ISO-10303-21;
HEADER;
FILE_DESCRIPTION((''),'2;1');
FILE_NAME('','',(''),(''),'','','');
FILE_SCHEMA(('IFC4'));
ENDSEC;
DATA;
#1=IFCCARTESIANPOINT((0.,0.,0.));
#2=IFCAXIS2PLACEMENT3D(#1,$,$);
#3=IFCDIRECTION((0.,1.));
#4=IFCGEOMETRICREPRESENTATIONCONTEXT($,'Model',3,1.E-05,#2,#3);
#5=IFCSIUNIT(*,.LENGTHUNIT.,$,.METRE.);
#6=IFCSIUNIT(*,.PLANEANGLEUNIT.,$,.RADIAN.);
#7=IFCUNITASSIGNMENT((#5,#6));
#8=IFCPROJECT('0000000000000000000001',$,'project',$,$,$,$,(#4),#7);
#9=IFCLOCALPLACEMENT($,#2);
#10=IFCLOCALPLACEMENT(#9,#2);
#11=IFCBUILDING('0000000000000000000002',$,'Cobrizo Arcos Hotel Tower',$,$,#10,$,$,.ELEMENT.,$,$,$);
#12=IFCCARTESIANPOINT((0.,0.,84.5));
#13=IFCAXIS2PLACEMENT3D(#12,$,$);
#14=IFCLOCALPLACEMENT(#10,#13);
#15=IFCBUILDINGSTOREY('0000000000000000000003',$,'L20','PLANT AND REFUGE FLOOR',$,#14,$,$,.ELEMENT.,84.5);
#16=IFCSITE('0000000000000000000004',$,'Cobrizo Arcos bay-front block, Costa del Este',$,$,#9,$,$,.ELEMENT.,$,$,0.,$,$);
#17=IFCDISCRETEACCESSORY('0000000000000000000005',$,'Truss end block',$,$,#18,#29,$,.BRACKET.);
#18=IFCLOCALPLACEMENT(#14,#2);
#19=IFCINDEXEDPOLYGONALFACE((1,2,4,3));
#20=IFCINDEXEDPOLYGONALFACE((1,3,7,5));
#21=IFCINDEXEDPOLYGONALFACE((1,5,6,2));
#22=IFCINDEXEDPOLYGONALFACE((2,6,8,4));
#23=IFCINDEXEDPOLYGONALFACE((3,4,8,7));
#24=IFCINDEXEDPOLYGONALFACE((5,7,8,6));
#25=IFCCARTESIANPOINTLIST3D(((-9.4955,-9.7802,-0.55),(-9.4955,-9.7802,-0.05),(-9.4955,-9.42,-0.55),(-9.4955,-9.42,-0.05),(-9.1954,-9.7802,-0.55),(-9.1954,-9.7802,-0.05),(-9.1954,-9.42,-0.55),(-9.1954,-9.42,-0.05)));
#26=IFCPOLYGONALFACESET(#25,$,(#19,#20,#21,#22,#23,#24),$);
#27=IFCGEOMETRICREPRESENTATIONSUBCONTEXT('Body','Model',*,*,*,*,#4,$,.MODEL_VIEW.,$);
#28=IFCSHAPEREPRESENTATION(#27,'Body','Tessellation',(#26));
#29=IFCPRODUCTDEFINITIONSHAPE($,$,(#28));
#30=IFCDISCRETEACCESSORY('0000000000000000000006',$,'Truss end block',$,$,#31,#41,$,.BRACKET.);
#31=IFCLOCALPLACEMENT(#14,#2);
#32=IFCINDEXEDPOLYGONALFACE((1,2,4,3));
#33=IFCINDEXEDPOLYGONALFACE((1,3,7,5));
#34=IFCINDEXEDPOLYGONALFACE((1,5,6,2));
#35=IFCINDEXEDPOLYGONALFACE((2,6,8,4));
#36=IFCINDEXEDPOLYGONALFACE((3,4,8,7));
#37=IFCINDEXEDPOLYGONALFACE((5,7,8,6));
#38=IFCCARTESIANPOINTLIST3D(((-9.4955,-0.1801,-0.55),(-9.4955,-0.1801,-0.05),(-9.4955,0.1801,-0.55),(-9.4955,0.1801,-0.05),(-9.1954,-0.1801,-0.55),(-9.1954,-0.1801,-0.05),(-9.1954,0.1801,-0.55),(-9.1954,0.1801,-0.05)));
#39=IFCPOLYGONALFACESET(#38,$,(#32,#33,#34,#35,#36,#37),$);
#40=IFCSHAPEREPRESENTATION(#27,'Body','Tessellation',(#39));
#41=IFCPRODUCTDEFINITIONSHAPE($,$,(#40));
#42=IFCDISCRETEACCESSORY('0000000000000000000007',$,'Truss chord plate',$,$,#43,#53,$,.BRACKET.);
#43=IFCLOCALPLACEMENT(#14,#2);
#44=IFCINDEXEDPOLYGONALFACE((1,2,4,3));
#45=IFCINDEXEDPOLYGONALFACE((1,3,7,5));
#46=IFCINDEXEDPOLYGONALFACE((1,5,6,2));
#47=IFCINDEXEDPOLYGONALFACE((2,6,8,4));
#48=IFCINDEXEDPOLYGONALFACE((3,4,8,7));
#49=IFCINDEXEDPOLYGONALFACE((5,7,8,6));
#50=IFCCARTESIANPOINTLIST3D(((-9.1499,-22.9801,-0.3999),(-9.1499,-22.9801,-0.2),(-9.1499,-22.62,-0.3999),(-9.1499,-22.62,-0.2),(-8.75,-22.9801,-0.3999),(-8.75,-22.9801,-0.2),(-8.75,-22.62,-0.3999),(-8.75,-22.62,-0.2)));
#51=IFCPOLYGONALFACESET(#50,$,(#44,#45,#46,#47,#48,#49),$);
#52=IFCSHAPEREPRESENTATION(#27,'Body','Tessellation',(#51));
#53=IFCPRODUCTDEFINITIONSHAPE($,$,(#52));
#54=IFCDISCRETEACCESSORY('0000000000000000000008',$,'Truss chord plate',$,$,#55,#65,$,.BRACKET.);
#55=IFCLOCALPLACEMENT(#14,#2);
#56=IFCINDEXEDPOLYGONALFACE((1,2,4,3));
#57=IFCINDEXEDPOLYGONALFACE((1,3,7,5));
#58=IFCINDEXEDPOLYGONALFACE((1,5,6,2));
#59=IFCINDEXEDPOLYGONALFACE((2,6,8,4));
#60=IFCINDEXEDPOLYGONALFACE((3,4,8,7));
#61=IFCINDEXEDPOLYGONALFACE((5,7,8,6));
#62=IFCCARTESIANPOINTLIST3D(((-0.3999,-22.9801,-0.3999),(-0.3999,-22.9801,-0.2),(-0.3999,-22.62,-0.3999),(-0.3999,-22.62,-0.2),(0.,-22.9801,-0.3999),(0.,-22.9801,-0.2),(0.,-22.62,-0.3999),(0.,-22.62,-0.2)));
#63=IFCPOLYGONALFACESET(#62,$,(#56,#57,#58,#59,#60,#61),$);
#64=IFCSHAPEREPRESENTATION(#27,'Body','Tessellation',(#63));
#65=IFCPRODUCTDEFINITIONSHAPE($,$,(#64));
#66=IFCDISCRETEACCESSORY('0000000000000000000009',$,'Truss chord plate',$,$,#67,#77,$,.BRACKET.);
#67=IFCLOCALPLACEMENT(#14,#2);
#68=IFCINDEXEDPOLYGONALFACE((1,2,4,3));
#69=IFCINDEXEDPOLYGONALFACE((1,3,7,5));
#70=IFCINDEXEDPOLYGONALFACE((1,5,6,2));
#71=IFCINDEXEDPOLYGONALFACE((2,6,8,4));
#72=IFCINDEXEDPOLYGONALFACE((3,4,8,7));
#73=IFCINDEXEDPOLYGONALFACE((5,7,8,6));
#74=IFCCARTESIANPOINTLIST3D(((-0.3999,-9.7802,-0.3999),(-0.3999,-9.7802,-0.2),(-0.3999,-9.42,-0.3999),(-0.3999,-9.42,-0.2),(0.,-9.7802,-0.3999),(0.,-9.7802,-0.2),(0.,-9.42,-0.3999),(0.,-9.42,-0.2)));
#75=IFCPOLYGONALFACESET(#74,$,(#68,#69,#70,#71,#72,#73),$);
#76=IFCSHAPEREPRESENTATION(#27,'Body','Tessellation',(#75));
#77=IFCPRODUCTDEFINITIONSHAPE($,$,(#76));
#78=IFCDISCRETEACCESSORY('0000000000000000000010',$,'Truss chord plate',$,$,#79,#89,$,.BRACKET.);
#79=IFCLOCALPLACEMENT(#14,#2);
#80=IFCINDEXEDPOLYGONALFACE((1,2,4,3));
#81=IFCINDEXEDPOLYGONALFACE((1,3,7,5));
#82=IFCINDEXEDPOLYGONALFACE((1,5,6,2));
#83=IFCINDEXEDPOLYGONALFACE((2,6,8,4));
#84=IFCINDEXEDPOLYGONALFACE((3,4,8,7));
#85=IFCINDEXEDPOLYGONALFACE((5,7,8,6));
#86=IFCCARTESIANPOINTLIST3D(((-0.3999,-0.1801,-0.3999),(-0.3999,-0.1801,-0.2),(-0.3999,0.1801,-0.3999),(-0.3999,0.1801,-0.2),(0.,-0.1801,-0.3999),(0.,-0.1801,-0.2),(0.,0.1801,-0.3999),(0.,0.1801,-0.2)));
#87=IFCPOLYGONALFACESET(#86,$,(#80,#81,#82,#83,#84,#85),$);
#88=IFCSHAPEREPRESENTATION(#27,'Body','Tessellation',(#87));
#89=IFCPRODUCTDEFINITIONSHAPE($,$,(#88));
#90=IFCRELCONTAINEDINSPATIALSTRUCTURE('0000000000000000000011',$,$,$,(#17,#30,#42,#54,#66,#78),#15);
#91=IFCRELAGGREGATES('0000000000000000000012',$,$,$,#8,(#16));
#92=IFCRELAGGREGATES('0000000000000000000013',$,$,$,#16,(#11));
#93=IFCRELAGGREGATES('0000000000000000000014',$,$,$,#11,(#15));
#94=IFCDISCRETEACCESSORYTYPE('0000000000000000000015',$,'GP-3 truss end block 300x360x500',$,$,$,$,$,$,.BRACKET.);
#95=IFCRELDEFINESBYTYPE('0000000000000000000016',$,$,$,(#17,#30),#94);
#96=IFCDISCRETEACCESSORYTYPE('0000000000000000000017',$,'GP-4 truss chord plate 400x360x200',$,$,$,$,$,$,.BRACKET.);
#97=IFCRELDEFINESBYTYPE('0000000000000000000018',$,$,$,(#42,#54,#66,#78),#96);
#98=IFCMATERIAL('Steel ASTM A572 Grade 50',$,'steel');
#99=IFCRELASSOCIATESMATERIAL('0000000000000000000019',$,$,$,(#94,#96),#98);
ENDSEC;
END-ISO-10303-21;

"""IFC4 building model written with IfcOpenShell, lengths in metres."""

from ifc_helpers import new_model, si_unit, direction, frame, origin, origin_2d, place, context, subcontext, project, spatial, rectangle, extrude, material, type_object, element, save


model = new_model("IFC4")

# Units and contexts
model_context = context("Model", 3, precision=1e-05, world=origin(), true_north=direction((0.0, 1.0)))
body_context = subcontext(model_context, "Body", "Model", "MODEL_VIEW")
ifc_project = project(units=[si_unit("LENGTHUNIT", "METRE"), si_unit("PLANEANGLEUNIT", "RADIAN")], contexts=[model_context])

# Site, building, storey
site_placement = place(None, origin())
site = spatial("IfcSite", under=ifc_project, at=site_placement, Name="Cobrizo Arcos bay-front block, Costa del Este", CompositionType="ELEMENT", RefElevation=0.0)
building_placement = place(site_placement, origin())
building = spatial("IfcBuilding", under=site, at=building_placement, Name="Cobrizo Arcos Hotel Tower", CompositionType="ELEMENT")
storey_placement = place(building_placement, frame((0.0, 0.0, 84.5)))
storey = spatial("IfcBuildingStorey", under=building, at=storey_placement, Name="L20", Description="PLANT AND REFUGE FLOOR", CompositionType="ELEMENT", Elevation=84.5)

# Discrete accessories
ifc_material_1 = material(Name="Steel ASTM A572 Grade 50", Category="steel")
discrete_accessory_type_1 = type_object("IfcDiscreteAccessoryType", Name="GP-3 truss end block 300x360x500", PredefinedType="BRACKET", material=ifc_material_1)
for number, where, z_axis, x_axis, name in (
    (1, (-9.3455, -9.6001, -0.55), (0.0, 0.0, 1.0), (1.0, 0.0, 0.0), "Truss end block"),
    (2, (-9.3455, 0.0, -0.55), (0.0, 0.0, 1.0), (1.0, 0.0, 0.0), "Truss end block"),
):
    element("IfcDiscreteAccessory", number, at=place(storey_placement, frame(where, z_axis=z_axis, x_axis=x_axis)), inside=storey, type_object=discrete_accessory_type_1, Name=name, PredefinedType="BRACKET", context=body_context, shape_type="SweptSolid", body=[
        extrude(rectangle(XDim=0.3, YDim=0.3601, at=origin_2d()), origin(), (0.0, 0.0, 1.0), 0.5),
    ])
discrete_accessory_type_2 = type_object("IfcDiscreteAccessoryType", Name="GP-4 truss chord plate 400x360x200", PredefinedType="BRACKET", material=ifc_material_1)
for number, where, z_axis, x_axis, name in (
    (3, (-8.95, -22.8, -0.3999), (0.0, 0.0, 1.0), (1.0, 0.0, 0.0), "Truss chord plate"),
    (4, (-0.2, -22.8, -0.3999), (0.0, 0.0, 1.0), (1.0, 0.0, 0.0), "Truss chord plate"),
    (5, (-0.2, -9.6001, -0.3999), (0.0, 0.0, 1.0), (1.0, 0.0, 0.0), "Truss chord plate"),
    (6, (-0.2, 0.0, -0.3999), (0.0, 0.0, 1.0), (1.0, 0.0, 0.0), "Truss chord plate"),
):
    element("IfcDiscreteAccessory", number, at=place(storey_placement, frame(where, z_axis=z_axis, x_axis=x_axis)), inside=storey, type_object=discrete_accessory_type_2, Name=name, PredefinedType="BRACKET", context=body_context, shape_type="SweptSolid", body=[
        extrude(rectangle(XDim=0.3999, YDim=0.3601, at=origin_2d()), origin(), (0.0, 0.0, 1.0), 0.2),
    ])

save(model, "model.ifc")
